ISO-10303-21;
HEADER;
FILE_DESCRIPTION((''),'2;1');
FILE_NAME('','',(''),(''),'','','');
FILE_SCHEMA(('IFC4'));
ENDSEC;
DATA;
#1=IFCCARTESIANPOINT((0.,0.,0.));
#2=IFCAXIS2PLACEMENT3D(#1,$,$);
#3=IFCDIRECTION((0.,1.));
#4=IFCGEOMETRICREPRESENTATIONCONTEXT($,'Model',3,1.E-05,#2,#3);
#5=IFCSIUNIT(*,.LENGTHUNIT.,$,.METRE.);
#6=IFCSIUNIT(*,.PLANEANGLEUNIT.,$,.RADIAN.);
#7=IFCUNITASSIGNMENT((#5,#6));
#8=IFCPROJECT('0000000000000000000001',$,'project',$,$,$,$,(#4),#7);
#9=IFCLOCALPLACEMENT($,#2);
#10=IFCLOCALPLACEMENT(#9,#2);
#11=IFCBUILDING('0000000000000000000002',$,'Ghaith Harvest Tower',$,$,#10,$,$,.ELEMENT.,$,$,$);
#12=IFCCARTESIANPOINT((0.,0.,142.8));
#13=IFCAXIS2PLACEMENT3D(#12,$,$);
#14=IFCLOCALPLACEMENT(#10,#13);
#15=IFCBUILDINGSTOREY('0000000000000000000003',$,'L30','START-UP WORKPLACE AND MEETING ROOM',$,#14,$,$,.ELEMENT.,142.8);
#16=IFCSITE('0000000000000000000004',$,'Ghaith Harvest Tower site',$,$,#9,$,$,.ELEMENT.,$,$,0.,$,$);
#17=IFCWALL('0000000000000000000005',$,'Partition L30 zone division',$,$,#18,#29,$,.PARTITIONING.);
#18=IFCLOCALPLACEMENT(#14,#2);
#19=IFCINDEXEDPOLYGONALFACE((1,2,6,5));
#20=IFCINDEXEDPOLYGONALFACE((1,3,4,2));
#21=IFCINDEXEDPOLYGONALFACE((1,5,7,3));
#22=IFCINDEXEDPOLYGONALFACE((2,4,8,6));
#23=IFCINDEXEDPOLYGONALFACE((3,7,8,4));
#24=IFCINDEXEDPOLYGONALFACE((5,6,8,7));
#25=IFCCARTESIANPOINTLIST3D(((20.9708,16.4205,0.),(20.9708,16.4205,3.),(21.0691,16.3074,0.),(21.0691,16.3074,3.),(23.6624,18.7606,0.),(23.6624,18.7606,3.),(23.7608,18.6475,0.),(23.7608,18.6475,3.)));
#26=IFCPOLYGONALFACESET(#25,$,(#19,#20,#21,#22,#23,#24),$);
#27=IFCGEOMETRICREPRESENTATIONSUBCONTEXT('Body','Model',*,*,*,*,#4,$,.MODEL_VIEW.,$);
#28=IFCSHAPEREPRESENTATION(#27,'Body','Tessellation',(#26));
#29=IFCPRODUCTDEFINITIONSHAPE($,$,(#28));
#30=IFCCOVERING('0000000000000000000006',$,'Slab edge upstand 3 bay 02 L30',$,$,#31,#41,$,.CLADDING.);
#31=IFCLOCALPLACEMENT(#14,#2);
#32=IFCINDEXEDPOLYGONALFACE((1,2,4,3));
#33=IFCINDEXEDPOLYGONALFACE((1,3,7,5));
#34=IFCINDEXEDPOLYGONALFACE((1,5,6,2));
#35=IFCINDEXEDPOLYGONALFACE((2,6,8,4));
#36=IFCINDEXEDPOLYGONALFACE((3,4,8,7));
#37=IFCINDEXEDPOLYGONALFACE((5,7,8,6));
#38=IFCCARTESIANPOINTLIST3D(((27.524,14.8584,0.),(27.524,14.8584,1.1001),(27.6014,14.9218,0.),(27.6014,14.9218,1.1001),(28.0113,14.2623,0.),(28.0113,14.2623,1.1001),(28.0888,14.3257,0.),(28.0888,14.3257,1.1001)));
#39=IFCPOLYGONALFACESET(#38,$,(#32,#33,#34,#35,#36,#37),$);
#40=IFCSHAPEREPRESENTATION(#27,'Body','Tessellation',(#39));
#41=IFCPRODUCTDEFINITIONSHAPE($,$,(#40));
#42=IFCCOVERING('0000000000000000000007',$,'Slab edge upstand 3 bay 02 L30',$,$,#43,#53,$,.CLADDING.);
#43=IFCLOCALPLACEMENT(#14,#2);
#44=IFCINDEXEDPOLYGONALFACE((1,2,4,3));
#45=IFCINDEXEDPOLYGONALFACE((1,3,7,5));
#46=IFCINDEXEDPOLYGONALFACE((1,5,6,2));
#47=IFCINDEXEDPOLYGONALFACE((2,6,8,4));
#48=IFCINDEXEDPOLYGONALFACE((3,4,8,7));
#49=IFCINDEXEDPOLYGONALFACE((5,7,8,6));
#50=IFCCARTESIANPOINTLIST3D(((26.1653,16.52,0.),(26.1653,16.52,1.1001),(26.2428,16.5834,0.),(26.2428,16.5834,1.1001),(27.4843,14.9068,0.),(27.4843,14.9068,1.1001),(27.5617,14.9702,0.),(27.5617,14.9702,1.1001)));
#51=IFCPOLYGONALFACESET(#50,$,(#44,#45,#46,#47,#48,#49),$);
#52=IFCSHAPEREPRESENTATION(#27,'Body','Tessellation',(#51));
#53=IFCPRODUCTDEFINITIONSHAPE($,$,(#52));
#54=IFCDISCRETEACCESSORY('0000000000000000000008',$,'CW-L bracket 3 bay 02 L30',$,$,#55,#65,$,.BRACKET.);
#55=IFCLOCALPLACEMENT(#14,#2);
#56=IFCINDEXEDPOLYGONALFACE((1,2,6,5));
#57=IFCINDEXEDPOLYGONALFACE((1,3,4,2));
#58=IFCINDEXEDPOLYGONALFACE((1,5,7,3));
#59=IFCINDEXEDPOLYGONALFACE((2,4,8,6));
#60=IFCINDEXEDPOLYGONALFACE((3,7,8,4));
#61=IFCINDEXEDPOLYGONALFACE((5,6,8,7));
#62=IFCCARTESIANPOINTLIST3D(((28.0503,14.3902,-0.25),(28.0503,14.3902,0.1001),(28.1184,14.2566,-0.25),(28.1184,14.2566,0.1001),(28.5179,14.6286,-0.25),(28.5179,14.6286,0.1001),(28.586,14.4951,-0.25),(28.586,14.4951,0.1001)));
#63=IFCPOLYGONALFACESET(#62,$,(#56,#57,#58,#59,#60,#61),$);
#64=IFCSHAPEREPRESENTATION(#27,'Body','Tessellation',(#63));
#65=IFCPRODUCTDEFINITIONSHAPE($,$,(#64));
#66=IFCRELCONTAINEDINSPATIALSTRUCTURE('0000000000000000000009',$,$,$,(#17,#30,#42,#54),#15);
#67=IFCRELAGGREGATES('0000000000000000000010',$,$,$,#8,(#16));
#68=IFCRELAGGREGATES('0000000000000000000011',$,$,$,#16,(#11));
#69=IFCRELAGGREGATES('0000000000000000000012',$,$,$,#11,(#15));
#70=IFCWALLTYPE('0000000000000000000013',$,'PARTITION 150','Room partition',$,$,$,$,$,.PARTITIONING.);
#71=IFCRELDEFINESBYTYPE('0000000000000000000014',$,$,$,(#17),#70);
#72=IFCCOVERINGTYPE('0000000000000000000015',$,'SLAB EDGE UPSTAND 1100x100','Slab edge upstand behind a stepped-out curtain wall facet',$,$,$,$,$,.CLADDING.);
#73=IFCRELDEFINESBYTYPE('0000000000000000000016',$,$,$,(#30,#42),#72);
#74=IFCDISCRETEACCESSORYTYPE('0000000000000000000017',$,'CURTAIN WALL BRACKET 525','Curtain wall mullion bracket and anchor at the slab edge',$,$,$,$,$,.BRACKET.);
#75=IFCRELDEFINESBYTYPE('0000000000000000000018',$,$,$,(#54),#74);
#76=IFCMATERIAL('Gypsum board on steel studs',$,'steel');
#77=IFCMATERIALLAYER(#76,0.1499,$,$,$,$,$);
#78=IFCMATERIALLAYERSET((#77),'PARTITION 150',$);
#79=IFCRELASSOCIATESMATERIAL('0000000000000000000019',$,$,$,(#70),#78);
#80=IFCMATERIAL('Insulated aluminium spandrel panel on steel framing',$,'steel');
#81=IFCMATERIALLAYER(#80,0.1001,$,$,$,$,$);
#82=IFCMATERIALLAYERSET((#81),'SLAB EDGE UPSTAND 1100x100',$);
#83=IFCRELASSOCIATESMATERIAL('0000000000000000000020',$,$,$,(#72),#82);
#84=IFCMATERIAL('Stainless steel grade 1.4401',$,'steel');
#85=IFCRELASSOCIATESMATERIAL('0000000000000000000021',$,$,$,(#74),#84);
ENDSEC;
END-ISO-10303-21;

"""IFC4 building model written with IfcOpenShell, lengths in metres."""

from ifc_helpers import new_model, si_unit, direction, frame, frame_2d, origin, origin_2d, place, context, subcontext, project, spatial, rectangle, extrude, material, layer, layer_set, type_object, element, save


model = new_model("IFC4")

# Units and contexts
model_context = context("Model", 3, precision=1e-05, world=origin(), true_north=direction((0.0, 1.0)))
body_context = subcontext(model_context, "Body", "Model", "MODEL_VIEW")
ifc_project = project(units=[si_unit("LENGTHUNIT", "METRE"), si_unit("PLANEANGLEUNIT", "RADIAN")], contexts=[model_context])

# Site, building, storey
site_placement = place(None, origin())
site = spatial("IfcSite", under=ifc_project, at=site_placement, Name="Ghaith Harvest Tower site", CompositionType="ELEMENT", RefElevation=0.0)
building_placement = place(site_placement, origin())
building = spatial("IfcBuilding", under=site, at=building_placement, Name="Ghaith Harvest Tower", CompositionType="ELEMENT")
storey_placement = place(building_placement, frame((0.0, 0.0, 142.8)))
storey = spatial("IfcBuildingStorey", under=building, at=storey_placement, Name="L30", Description="START-UP WORKPLACE AND MEETING ROOM", CompositionType="ELEMENT", Elevation=142.8)

# Wall
ifc_material_1 = material(Name="Gypsum board on steel studs", Category="steel")
ifc_layer_1 = layer(ifc_material_1, 0.1499)
ifc_layer_set_1 = layer_set([ifc_layer_1], Name="PARTITION 150")
wall_type_1 = type_object("IfcWallType", Name="PARTITION 150", Description="Room partition", PredefinedType="PARTITIONING", material=ifc_layer_set_1)
wall_placement = place(storey_placement, frame((21.02, 16.364, 0.0), z_axis=(0.0, 0.0, 1.0), x_axis=(0.754672, 0.656102, 0.0)))
element("IfcWall", 1, at=wall_placement, inside=storey, type_object=wall_type_1, Name="Partition L30 zone division", PredefinedType="PARTITIONING", context=body_context, shape_type="SweptSolid", body=[
    extrude(rectangle(XDim=3.5667, YDim=0.1499, at=frame_2d((1.7832, 0.0))), origin(), (0.0, 0.0, 1.0), 3.0),
])

# Coverings
ifc_material_2 = material(Name="Insulated aluminium spandrel panel on steel framing", Category="steel")
ifc_layer_2 = layer(ifc_material_2, 0.1001)
ifc_layer_set_2 = layer_set([ifc_layer_2], Name="SLAB EDGE UPSTAND 1100x100")
covering_type = type_object("IfcCoveringType", Name="SLAB EDGE UPSTAND 1100x100", Description="Slab edge upstand behind a stepped-out curtain wall facet", PredefinedType="CLADDING", material=ifc_layer_set_2)
covering_1_placement = place(storey_placement, frame((27.8064, 14.592, 0.0), z_axis=(0.0, 0.0, 1.0), x_axis=(-0.63297, 0.774177, 0.0)))
element("IfcCovering", 2, at=covering_1_placement, inside=storey, type_object=covering_type, Name="Slab edge upstand 3 bay 02 L30", PredefinedType="CLADDING", context=body_context, shape_type="SweptSolid", body=[
    extrude(rectangle(XDim=0.77, YDim=0.1001, at=origin_2d()), origin(), (0.0, 0.0, 1.0), 1.1001),
])
covering_2_placement = place(storey_placement, frame((26.8635, 15.7451, 0.0), z_axis=(0.0, 0.0, 1.0), x_axis=(-0.63297, 0.774177, 0.0)))
element("IfcCovering", 3, at=covering_2_placement, inside=storey, type_object=covering_type, Name="Slab edge upstand 3 bay 02 L30", PredefinedType="CLADDING", context=body_context, shape_type="SweptSolid", body=[
    extrude(rectangle(XDim=2.0837, YDim=0.1001, at=origin_2d()), origin(), (0.0, 0.0, 1.0), 1.1001),
])

# Discrete accessory
ifc_material_3 = material(Name="Stainless steel grade 1.4401", Category="steel")
discrete_accessory_type = type_object("IfcDiscreteAccessoryType", Name="CURTAIN WALL BRACKET 525", Description="Curtain wall mullion bracket and anchor at the slab edge", PredefinedType="BRACKET", material=ifc_material_3)
discrete_accessory_placement = place(storey_placement, frame((28.3181, 14.4426, -0.25), z_axis=(0.0, 0.0, 1.0), x_axis=(0.890831, 0.454335, 0.0)))
element("IfcDiscreteAccessory", 4, at=discrete_accessory_placement, inside=storey, type_object=discrete_accessory_type, Name="CW-L bracket 3 bay 02 L30", PredefinedType="BRACKET", context=body_context, shape_type="SweptSolid", body=[
    extrude(rectangle(XDim=0.5249, YDim=0.1499, at=origin_2d()), origin(), (0.0, 0.0, 1.0), 0.3501),
])

save(model, "model.ifc")
